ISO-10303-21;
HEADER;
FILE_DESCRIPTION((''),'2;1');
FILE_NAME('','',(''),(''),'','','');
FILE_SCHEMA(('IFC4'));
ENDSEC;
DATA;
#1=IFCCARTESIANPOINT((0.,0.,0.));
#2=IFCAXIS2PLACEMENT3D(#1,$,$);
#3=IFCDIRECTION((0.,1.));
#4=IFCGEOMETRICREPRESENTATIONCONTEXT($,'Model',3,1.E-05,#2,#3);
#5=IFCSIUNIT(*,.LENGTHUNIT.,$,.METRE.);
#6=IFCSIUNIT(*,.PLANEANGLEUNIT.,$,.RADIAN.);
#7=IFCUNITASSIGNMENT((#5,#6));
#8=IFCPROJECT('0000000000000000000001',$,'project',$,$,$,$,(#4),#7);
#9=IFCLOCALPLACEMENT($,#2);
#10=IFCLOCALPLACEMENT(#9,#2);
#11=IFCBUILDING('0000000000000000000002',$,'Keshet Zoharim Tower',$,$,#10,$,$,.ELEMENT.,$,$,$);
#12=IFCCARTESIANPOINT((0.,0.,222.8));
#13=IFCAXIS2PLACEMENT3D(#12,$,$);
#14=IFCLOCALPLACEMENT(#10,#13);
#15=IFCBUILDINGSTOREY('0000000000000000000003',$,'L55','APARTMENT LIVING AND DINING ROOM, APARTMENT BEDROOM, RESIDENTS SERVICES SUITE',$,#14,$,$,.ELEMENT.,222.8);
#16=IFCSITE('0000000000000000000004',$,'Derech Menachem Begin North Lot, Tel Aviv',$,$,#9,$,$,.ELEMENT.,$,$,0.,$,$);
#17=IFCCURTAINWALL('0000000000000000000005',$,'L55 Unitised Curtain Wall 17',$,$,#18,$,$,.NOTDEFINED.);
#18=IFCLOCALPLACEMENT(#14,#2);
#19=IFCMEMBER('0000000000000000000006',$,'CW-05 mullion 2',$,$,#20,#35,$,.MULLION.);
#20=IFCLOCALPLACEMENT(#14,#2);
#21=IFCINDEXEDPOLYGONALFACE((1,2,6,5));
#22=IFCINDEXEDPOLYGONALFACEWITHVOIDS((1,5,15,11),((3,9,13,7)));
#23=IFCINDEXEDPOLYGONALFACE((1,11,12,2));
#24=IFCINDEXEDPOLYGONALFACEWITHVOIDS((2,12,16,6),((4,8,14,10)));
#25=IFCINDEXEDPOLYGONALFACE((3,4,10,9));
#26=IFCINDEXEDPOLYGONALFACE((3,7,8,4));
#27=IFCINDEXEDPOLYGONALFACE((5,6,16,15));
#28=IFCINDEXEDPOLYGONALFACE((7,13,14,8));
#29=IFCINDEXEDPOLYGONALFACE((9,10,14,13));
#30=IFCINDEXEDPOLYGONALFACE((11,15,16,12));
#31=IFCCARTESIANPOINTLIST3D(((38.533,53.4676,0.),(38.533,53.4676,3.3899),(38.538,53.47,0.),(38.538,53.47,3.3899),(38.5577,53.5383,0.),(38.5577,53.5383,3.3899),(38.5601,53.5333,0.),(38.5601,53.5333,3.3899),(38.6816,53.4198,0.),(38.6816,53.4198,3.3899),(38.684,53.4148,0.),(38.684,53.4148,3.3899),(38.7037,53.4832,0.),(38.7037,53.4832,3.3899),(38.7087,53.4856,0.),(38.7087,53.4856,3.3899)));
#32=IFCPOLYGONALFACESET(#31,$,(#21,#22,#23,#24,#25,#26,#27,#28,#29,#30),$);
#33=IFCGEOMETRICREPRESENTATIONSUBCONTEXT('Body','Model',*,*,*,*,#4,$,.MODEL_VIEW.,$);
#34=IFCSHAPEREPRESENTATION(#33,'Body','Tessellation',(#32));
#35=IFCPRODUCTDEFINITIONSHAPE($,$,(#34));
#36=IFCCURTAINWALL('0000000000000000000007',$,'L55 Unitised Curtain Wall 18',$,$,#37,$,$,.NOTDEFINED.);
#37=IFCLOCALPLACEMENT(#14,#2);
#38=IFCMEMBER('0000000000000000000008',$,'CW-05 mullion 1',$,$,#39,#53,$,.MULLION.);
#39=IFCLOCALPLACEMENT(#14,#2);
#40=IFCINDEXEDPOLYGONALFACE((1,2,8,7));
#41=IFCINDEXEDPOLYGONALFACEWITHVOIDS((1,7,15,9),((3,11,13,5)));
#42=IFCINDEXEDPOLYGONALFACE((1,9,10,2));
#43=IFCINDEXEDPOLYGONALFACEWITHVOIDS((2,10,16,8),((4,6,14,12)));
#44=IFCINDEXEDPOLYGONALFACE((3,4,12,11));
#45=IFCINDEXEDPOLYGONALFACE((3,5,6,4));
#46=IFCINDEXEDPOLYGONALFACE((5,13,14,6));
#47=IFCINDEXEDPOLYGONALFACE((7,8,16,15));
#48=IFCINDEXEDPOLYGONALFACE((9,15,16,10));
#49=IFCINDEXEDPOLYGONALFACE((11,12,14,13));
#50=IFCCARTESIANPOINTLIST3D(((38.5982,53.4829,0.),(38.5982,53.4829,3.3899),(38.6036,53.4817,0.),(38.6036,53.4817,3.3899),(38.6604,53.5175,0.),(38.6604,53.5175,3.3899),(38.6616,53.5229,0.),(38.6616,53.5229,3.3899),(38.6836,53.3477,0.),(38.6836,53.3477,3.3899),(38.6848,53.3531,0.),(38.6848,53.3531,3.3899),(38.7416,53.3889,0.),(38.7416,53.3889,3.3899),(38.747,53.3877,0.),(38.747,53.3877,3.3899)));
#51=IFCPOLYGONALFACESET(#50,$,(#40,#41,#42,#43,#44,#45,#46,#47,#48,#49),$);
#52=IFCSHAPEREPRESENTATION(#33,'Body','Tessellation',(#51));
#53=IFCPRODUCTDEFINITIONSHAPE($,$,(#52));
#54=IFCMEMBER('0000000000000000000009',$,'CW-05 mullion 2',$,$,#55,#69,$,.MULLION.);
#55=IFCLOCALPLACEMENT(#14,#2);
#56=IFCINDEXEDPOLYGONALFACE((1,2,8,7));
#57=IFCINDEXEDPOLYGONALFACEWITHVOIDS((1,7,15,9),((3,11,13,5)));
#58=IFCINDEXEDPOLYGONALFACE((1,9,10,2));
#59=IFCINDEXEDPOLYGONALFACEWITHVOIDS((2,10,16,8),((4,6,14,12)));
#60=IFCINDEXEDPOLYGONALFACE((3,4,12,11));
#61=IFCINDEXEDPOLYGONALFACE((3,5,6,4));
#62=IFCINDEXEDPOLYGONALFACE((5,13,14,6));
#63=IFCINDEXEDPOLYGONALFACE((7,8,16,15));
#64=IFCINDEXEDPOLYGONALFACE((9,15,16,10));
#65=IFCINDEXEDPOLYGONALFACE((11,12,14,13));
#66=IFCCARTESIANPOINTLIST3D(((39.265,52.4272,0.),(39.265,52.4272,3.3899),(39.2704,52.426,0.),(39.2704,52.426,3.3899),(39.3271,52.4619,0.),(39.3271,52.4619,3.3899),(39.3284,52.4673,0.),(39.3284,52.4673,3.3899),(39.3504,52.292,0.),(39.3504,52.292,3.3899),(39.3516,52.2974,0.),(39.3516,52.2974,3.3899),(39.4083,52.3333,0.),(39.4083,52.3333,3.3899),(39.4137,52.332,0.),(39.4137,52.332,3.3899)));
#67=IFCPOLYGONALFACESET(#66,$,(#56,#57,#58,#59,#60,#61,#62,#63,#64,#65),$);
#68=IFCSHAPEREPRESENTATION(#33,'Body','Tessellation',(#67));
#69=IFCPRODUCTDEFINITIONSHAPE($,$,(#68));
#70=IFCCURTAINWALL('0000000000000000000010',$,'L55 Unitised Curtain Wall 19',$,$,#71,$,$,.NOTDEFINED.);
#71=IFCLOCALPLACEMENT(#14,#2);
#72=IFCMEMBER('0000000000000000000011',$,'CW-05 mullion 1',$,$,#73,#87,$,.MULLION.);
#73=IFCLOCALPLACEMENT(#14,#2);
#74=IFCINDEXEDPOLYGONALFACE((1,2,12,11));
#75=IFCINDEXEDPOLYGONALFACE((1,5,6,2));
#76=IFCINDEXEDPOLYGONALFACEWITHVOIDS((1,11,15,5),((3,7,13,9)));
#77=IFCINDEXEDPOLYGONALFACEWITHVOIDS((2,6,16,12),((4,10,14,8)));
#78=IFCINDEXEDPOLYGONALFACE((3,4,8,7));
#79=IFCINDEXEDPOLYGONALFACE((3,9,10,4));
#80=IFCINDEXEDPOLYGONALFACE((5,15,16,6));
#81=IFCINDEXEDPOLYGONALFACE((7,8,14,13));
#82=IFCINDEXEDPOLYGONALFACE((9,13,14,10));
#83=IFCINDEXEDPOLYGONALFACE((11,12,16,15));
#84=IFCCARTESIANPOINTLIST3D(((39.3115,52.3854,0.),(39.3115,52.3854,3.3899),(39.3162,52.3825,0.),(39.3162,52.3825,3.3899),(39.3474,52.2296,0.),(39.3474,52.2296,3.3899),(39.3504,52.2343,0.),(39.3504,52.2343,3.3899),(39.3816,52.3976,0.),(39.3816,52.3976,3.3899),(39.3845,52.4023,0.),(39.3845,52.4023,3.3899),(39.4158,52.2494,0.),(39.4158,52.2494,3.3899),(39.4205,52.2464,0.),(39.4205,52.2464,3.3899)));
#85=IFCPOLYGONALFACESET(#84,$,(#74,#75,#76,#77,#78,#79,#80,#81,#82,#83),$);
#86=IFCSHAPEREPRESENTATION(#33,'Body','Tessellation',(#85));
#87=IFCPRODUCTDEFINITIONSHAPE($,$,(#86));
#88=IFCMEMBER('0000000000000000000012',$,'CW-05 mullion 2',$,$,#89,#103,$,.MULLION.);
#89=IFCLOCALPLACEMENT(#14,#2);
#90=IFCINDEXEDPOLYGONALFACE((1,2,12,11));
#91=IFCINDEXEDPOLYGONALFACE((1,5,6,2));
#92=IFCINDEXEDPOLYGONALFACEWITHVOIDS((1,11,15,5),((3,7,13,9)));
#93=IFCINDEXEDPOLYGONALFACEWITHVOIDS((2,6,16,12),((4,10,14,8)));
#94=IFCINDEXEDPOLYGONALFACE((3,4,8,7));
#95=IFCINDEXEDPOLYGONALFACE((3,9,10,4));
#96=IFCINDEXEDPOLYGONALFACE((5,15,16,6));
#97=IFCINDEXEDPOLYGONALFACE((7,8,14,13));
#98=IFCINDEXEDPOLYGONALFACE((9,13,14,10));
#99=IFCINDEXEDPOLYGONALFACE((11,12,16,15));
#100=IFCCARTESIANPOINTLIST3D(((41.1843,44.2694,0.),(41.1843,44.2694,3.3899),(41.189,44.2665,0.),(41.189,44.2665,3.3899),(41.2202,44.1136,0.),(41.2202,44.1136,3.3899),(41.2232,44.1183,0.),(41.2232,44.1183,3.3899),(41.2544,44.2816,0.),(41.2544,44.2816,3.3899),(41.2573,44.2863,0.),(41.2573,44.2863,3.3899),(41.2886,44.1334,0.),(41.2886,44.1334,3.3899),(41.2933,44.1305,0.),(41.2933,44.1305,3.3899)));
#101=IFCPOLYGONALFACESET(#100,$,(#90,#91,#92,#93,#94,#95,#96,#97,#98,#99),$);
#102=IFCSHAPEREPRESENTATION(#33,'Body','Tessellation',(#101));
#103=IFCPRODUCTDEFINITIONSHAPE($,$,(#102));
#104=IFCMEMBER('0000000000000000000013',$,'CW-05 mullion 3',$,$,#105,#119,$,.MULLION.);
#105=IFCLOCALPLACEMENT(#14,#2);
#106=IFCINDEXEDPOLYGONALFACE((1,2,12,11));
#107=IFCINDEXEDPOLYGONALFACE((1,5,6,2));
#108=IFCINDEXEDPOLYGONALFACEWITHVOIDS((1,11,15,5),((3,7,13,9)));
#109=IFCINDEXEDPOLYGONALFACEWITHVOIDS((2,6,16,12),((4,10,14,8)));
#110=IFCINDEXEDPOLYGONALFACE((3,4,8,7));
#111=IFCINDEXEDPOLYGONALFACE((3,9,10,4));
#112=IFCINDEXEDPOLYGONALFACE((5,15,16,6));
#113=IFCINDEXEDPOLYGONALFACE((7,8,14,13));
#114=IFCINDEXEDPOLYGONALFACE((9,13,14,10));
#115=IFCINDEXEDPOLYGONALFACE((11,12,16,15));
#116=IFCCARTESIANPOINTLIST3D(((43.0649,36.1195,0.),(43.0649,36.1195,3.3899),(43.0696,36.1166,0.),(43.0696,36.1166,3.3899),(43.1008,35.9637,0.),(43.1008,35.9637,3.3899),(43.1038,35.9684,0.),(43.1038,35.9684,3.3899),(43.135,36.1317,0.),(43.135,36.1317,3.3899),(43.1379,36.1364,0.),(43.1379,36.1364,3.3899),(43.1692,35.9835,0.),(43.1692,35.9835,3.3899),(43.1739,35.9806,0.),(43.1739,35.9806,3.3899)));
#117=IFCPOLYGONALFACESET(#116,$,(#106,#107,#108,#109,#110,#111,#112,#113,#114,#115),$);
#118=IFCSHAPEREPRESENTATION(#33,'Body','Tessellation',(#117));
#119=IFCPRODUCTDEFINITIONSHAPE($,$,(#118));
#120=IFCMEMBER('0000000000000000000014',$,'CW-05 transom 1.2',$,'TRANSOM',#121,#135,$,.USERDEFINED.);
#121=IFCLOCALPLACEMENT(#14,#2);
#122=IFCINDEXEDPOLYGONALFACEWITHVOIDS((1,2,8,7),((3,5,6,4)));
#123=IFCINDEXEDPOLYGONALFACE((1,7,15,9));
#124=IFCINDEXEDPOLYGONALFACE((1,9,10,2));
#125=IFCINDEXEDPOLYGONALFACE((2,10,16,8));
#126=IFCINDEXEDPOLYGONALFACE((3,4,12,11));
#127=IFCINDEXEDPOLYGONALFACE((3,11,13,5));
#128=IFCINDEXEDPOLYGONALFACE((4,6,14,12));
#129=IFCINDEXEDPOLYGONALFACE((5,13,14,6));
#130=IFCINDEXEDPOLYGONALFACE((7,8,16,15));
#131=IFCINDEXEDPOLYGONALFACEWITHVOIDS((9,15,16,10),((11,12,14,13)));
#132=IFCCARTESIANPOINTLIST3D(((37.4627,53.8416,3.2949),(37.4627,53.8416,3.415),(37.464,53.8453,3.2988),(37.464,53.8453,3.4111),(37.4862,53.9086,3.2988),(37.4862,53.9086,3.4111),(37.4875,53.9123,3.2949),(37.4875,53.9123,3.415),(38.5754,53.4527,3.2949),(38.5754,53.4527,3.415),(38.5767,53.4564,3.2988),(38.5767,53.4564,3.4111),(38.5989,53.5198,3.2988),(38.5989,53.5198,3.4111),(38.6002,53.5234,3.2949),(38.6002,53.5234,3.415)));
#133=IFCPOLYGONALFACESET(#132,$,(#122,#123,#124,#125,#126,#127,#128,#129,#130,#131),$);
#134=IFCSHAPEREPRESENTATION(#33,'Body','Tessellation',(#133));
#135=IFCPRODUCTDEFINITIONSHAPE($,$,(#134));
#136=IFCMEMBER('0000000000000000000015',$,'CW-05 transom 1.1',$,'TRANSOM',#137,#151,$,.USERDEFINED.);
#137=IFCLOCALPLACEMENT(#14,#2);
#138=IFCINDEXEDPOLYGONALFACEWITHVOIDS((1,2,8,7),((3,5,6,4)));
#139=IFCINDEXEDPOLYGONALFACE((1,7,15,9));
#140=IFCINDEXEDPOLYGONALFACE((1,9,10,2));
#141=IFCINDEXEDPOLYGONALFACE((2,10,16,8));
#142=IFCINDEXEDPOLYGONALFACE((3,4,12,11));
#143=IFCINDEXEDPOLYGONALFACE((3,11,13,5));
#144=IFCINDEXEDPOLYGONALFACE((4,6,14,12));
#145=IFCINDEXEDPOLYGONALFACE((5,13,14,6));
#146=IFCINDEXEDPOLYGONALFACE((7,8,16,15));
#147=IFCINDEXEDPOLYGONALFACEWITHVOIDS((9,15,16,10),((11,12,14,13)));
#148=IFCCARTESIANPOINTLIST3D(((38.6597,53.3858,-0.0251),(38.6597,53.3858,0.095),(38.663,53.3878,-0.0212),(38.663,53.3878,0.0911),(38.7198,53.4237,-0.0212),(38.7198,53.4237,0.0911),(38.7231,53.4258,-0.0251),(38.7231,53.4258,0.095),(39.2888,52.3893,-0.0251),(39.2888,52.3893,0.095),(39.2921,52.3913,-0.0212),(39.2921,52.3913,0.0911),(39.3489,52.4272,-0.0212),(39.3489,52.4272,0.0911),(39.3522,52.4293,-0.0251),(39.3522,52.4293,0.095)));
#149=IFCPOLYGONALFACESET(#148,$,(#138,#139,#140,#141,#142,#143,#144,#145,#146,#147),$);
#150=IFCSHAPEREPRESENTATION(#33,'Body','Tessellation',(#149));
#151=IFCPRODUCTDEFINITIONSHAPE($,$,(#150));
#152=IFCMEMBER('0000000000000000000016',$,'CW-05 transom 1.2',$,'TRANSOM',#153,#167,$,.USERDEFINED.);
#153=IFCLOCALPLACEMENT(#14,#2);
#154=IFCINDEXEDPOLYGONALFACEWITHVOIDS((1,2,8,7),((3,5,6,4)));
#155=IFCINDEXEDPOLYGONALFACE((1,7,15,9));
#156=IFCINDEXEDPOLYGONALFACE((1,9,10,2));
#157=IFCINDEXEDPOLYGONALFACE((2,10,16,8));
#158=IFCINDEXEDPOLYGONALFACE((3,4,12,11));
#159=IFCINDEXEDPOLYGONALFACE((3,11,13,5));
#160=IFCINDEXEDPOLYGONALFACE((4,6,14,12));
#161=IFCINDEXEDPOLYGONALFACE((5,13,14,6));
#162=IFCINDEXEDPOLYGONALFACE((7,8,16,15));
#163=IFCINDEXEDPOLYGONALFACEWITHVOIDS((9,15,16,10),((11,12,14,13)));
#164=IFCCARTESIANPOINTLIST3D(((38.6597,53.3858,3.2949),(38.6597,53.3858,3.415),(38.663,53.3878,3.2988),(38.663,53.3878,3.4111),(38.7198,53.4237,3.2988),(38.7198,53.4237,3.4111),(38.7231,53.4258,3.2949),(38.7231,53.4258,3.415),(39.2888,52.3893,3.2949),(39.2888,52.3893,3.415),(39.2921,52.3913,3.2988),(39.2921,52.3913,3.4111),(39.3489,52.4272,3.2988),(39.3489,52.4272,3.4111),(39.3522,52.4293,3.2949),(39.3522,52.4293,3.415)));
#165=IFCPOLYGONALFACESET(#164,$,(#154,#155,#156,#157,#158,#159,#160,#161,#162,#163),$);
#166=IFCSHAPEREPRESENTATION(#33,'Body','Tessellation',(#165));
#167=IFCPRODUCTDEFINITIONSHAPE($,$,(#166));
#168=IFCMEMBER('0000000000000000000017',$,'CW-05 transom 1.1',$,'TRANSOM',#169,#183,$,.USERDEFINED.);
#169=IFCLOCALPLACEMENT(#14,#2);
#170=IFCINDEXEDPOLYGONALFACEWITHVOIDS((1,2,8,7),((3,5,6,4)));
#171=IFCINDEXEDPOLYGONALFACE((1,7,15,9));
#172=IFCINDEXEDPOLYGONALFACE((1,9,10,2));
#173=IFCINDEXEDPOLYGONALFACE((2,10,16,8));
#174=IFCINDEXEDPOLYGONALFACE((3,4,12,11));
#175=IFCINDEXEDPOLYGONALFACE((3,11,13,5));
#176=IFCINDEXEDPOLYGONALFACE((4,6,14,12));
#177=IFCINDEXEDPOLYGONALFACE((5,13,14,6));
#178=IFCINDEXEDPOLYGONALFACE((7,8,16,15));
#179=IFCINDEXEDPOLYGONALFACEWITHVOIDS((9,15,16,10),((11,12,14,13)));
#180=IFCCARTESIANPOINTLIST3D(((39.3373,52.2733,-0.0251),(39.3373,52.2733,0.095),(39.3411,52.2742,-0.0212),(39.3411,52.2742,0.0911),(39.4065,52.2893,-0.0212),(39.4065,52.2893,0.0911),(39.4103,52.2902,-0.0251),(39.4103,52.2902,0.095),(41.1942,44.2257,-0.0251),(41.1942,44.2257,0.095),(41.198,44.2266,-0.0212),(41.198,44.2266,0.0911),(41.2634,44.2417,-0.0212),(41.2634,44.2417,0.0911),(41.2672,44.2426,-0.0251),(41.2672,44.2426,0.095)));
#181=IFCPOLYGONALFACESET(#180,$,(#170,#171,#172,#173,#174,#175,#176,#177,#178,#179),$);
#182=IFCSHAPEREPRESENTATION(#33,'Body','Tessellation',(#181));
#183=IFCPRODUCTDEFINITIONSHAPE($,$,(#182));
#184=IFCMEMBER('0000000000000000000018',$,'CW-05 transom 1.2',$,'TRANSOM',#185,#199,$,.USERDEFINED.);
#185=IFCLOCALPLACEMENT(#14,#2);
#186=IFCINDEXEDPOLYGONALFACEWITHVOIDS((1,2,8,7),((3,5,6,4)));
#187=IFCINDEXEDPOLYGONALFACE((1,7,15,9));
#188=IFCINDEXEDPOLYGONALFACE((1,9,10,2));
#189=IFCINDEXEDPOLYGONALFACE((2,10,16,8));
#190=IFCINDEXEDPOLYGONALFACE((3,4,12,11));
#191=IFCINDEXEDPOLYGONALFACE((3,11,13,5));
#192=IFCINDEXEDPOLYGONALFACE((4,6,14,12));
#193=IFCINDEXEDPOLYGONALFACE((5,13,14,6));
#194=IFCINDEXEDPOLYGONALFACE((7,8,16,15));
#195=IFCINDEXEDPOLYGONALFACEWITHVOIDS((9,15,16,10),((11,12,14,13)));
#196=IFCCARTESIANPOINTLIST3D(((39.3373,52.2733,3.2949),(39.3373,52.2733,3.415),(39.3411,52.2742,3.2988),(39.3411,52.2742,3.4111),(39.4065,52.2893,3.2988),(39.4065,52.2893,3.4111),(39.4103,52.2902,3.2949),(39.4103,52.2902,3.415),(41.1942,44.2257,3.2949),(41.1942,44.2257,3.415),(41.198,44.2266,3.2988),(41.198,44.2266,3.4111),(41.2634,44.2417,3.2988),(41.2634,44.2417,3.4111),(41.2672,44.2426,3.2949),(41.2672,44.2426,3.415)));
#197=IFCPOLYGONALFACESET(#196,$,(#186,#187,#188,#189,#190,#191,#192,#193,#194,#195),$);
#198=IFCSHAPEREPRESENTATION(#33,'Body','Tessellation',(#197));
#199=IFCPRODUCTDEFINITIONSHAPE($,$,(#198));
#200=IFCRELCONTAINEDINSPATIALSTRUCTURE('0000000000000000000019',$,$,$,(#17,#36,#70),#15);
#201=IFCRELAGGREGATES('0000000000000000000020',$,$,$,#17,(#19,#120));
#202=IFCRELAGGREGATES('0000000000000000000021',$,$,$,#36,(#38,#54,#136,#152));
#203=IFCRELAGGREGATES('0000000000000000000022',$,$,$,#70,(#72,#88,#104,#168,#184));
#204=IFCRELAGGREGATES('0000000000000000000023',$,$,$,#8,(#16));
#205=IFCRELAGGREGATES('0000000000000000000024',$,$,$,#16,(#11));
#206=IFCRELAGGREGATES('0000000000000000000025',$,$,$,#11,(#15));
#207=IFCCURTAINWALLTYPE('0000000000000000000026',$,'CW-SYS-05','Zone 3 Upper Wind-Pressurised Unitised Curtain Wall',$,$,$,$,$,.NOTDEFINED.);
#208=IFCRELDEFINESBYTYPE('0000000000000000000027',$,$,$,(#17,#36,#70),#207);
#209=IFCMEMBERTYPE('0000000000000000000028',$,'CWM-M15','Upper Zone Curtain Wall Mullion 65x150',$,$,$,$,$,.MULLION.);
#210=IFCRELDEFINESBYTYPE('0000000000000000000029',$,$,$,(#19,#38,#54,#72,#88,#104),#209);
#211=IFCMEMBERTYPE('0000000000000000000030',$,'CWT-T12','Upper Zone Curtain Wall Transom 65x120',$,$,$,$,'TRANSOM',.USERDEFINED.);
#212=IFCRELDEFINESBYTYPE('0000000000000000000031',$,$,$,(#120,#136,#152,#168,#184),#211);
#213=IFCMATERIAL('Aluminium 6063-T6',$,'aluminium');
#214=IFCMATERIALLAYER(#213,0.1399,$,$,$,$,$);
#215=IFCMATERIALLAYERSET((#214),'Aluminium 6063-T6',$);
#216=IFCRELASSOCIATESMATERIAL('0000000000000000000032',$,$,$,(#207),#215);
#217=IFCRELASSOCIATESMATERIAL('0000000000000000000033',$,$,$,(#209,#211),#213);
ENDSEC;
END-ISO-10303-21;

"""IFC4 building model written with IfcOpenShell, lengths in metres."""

from ifc_helpers import new_model, si_unit, direction, frame, origin, origin_2d, place, context, subcontext, project, spatial, hollow_rectangle, extrude, material, layer, layer_set, material_profile, profile_set, type_object, element, aggregate, save


model = new_model("IFC4")

# Units and contexts
model_context = context("Model", 3, precision=1e-05, world=origin(), true_north=direction((0.0, 1.0)))
body_context = subcontext(model_context, "Body", "Model", "MODEL_VIEW")
ifc_project = project(units=[si_unit("LENGTHUNIT", "METRE"), si_unit("PLANEANGLEUNIT", "RADIAN")], contexts=[model_context])

# Site, building, storey
site_placement = place(None, origin())
site = spatial("IfcSite", under=ifc_project, at=site_placement, Name="Derech Menachem Begin North Lot, Tel Aviv", CompositionType="ELEMENT", RefElevation=0.0)
building_placement = place(site_placement, origin())
building = spatial("IfcBuilding", under=site, at=building_placement, Name="Keshet Zoharim Tower", CompositionType="ELEMENT")
storey_placement = place(building_placement, frame((0.0, 0.0, 222.8)))
storey = spatial("IfcBuildingStorey", under=building, at=storey_placement, Name="L55", Description="APARTMENT LIVING AND DINING ROOM, APARTMENT BEDROOM, RESIDENTS SERVICES SUITE", CompositionType="ELEMENT", Elevation=222.8)

# Curtain wall, member
ifc_material_1 = material(Name="Aluminium 6063-T6", Category="aluminium")
ifc_layer_1 = layer(ifc_material_1, 0.1399)
ifc_layer_set_1 = layer_set([ifc_layer_1], Name="Aluminium 6063-T6")
curtain_wall_type = type_object("IfcCurtainWallType", Name="CW-SYS-05", Description="Zone 3 Upper Wind-Pressurised Unitised Curtain Wall", PredefinedType="NOTDEFINED", material=ifc_layer_set_1)
curtain_wall_1_placement = place(storey_placement, origin())
curtain_wall_1 = element("IfcCurtainWall", 1, at=curtain_wall_1_placement, inside=storey, type_object=curtain_wall_type, Name="L55 Unitised Curtain Wall 17", PredefinedType="NOTDEFINED")
ifc_material_profile_1 = material_profile(ifc_material_1, hollow_rectangle(XDim=0.075, YDim=0.1599, WallThickness=0.0039, at=origin_2d()), Name="MUL-75x160")
ifc_profile_set_1 = profile_set([ifc_material_profile_1], Name="Aluminium 6063-T6")
member_type_1 = type_object("IfcMemberType", Name="CWM-M15", Description="Upper Zone Curtain Wall Mullion 65x150", PredefinedType="MULLION", material=ifc_profile_set_1)
member_1_placement = place(storey_placement, frame((38.6208, 53.4766, 0.0), z_axis=(0.0, 0.0, 1.0), x_axis=(0.329844, 0.944036, 0.0)))
member_1 = element("IfcMember", 2, at=member_1_placement, type_object=member_type_1, Name="CW-05 mullion 2", PredefinedType="MULLION", context=body_context, shape_type="SweptSolid", body=[
    extrude(hollow_rectangle(XDim=0.075, YDim=0.1599, WallThickness=0.0039, at=origin_2d()), origin(), (0.0, 0.0, 1.0), 3.3899),
])

# Curtain walls, members
curtain_wall_2_placement = place(storey_placement, origin())
curtain_wall_2 = element("IfcCurtainWall", 3, at=curtain_wall_2_placement, inside=storey, type_object=curtain_wall_type, Name="L55 Unitised Curtain Wall 18", PredefinedType="NOTDEFINED")
member_2_placement = place(storey_placement, frame((38.6726, 53.4353, 0.0), z_axis=(0.0, 0.0, 1.0), x_axis=(0.845561, 0.533879, 0.0)))
member_2 = element("IfcMember", 4, at=member_2_placement, type_object=member_type_1, Name="CW-05 mullion 1", PredefinedType="MULLION", context=body_context, shape_type="SweptSolid", body=[
    extrude(hollow_rectangle(XDim=0.075, YDim=0.1599, WallThickness=0.0039, at=origin_2d()), origin(), (0.0, 0.0, 1.0), 3.3899),
])
member_3_placement = place(storey_placement, frame((39.3394, 52.3796, 0.0), z_axis=(0.0, 0.0, 1.0), x_axis=(0.845561, 0.533879, 0.0)))
member_3 = element("IfcMember", 5, at=member_3_placement, type_object=member_type_1, Name="CW-05 mullion 2", PredefinedType="MULLION", context=body_context, shape_type="SweptSolid", body=[
    extrude(hollow_rectangle(XDim=0.075, YDim=0.1599, WallThickness=0.0039, at=origin_2d()), origin(), (0.0, 0.0, 1.0), 3.3899),
])
curtain_wall_3_placement = place(storey_placement, origin())
curtain_wall_3 = element("IfcCurtainWall", 6, at=curtain_wall_3_placement, inside=storey, type_object=curtain_wall_type, Name="L55 Unitised Curtain Wall 19", PredefinedType="NOTDEFINED")
member_4_placement = place(storey_placement, frame((39.366, 52.3159, 0.0), z_axis=(0.0, 0.0, 1.0), x_axis=(0.974394, 0.224848, 0.0)))
member_4 = element("IfcMember", 7, at=member_4_placement, type_object=member_type_1, Name="CW-05 mullion 1", PredefinedType="MULLION", context=body_context, shape_type="SweptSolid", body=[
    extrude(hollow_rectangle(XDim=0.075, YDim=0.1599, WallThickness=0.0039, at=origin_2d()), origin(), (0.0, 0.0, 1.0), 3.3899),
])
member_5_placement = place(storey_placement, frame((41.2388, 44.2, 0.0), z_axis=(0.0, 0.0, 1.0), x_axis=(0.974394, 0.224848, 0.0)))
member_5 = element("IfcMember", 8, at=member_5_placement, type_object=member_type_1, Name="CW-05 mullion 2", PredefinedType="MULLION", context=body_context, shape_type="SweptSolid", body=[
    extrude(hollow_rectangle(XDim=0.075, YDim=0.1599, WallThickness=0.0039, at=origin_2d()), origin(), (0.0, 0.0, 1.0), 3.3899),
])
member_6_placement = place(storey_placement, frame((43.1194, 36.05, 0.0), z_axis=(0.0, 0.0, 1.0), x_axis=(0.974394, 0.224848, 0.0)))
member_6 = element("IfcMember", 9, at=member_6_placement, type_object=member_type_1, Name="CW-05 mullion 3", PredefinedType="MULLION", context=body_context, shape_type="SweptSolid", body=[
    extrude(hollow_rectangle(XDim=0.075, YDim=0.1599, WallThickness=0.0039, at=origin_2d()), origin(), (0.0, 0.0, 1.0), 3.3899),
])

# Members
ifc_material_profile_2 = material_profile(ifc_material_1, hollow_rectangle(XDim=0.075, YDim=0.1201, WallThickness=0.0039, at=origin_2d()), Name="TRN-75x120")
ifc_profile_set_2 = profile_set([ifc_material_profile_2], Name="Aluminium 6063-T6")
member_type_2 = type_object("IfcMemberType", Name="CWT-T12", Description="Upper Zone Curtain Wall Transom 65x120", ElementType="TRANSOM", PredefinedType="USERDEFINED", material=ifc_profile_set_2)
member_7_placement = place(storey_placement, frame((37.4751, 53.877, 3.355), z_axis=(0.944007, -0.329926, 0.0), x_axis=(0.329926, 0.944007, 0.0)))
member_7 = element("IfcMember", 10, at=member_7_placement, type_object=member_type_2, Name="CW-05 transom 1.2", ObjectType="TRANSOM", PredefinedType="USERDEFINED", context=body_context, shape_type="SweptSolid", body=[
    extrude(hollow_rectangle(XDim=0.075, YDim=0.1201, WallThickness=0.0039, at=origin_2d()), origin(), (0.0, 0.0, 1.0), 1.1787),
])
member_8_placement = place(storey_placement, frame((38.6914, 53.4058, 0.0349), z_axis=(0.533829, -0.845592, 0.0), x_axis=(0.845592, 0.533829, 0.0)))
member_8 = element("IfcMember", 11, at=member_8_placement, type_object=member_type_2, Name="CW-05 transom 1.1", ObjectType="TRANSOM", PredefinedType="USERDEFINED", context=body_context, shape_type="SweptSolid", body=[
    extrude(hollow_rectangle(XDim=0.075, YDim=0.1201, WallThickness=0.0039, at=origin_2d()), origin(), (0.0, 0.0, 1.0), 1.1785),
])
member_9_placement = place(storey_placement, frame((38.6914, 53.4058, 3.355), z_axis=(0.533829, -0.845592, 0.0), x_axis=(0.845592, 0.533829, 0.0)))
member_9 = element("IfcMember", 12, at=member_9_placement, type_object=member_type_2, Name="CW-05 transom 1.2", ObjectType="TRANSOM", PredefinedType="USERDEFINED", context=body_context, shape_type="SweptSolid", body=[
    extrude(hollow_rectangle(XDim=0.075, YDim=0.1201, WallThickness=0.0039, at=origin_2d()), origin(), (0.0, 0.0, 1.0), 1.1785),
])
member_10_placement = place(storey_placement, frame((39.3738, 52.2817, 0.0349), z_axis=(0.224836, -0.974397, 0.0), x_axis=(0.974397, 0.224836, 0.0)))
member_10 = element("IfcMember", 13, at=member_10_placement, type_object=member_type_2, Name="CW-05 transom 1.1", ObjectType="TRANSOM", PredefinedType="USERDEFINED", context=body_context, shape_type="SweptSolid", body=[
    extrude(hollow_rectangle(XDim=0.075, YDim=0.1201, WallThickness=0.0039, at=origin_2d()), origin(), (0.0, 0.0, 1.0), 8.259),
])
member_11_placement = place(storey_placement, frame((39.3738, 52.2817, 3.355), z_axis=(0.224836, -0.974397, 0.0), x_axis=(0.974397, 0.224836, 0.0)))
member_11 = element("IfcMember", 14, at=member_11_placement, type_object=member_type_2, Name="CW-05 transom 1.2", ObjectType="TRANSOM", PredefinedType="USERDEFINED", context=body_context, shape_type="SweptSolid", body=[
    extrude(hollow_rectangle(XDim=0.075, YDim=0.1201, WallThickness=0.0039, at=origin_2d()), origin(), (0.0, 0.0, 1.0), 8.259),
])

aggregate(curtain_wall_1, [member_1, member_7])
aggregate(curtain_wall_2, [member_2, member_3, member_8, member_9])
aggregate(curtain_wall_3, [member_4, member_5, member_6, member_10, member_11])

save(model, "model.ifc")
